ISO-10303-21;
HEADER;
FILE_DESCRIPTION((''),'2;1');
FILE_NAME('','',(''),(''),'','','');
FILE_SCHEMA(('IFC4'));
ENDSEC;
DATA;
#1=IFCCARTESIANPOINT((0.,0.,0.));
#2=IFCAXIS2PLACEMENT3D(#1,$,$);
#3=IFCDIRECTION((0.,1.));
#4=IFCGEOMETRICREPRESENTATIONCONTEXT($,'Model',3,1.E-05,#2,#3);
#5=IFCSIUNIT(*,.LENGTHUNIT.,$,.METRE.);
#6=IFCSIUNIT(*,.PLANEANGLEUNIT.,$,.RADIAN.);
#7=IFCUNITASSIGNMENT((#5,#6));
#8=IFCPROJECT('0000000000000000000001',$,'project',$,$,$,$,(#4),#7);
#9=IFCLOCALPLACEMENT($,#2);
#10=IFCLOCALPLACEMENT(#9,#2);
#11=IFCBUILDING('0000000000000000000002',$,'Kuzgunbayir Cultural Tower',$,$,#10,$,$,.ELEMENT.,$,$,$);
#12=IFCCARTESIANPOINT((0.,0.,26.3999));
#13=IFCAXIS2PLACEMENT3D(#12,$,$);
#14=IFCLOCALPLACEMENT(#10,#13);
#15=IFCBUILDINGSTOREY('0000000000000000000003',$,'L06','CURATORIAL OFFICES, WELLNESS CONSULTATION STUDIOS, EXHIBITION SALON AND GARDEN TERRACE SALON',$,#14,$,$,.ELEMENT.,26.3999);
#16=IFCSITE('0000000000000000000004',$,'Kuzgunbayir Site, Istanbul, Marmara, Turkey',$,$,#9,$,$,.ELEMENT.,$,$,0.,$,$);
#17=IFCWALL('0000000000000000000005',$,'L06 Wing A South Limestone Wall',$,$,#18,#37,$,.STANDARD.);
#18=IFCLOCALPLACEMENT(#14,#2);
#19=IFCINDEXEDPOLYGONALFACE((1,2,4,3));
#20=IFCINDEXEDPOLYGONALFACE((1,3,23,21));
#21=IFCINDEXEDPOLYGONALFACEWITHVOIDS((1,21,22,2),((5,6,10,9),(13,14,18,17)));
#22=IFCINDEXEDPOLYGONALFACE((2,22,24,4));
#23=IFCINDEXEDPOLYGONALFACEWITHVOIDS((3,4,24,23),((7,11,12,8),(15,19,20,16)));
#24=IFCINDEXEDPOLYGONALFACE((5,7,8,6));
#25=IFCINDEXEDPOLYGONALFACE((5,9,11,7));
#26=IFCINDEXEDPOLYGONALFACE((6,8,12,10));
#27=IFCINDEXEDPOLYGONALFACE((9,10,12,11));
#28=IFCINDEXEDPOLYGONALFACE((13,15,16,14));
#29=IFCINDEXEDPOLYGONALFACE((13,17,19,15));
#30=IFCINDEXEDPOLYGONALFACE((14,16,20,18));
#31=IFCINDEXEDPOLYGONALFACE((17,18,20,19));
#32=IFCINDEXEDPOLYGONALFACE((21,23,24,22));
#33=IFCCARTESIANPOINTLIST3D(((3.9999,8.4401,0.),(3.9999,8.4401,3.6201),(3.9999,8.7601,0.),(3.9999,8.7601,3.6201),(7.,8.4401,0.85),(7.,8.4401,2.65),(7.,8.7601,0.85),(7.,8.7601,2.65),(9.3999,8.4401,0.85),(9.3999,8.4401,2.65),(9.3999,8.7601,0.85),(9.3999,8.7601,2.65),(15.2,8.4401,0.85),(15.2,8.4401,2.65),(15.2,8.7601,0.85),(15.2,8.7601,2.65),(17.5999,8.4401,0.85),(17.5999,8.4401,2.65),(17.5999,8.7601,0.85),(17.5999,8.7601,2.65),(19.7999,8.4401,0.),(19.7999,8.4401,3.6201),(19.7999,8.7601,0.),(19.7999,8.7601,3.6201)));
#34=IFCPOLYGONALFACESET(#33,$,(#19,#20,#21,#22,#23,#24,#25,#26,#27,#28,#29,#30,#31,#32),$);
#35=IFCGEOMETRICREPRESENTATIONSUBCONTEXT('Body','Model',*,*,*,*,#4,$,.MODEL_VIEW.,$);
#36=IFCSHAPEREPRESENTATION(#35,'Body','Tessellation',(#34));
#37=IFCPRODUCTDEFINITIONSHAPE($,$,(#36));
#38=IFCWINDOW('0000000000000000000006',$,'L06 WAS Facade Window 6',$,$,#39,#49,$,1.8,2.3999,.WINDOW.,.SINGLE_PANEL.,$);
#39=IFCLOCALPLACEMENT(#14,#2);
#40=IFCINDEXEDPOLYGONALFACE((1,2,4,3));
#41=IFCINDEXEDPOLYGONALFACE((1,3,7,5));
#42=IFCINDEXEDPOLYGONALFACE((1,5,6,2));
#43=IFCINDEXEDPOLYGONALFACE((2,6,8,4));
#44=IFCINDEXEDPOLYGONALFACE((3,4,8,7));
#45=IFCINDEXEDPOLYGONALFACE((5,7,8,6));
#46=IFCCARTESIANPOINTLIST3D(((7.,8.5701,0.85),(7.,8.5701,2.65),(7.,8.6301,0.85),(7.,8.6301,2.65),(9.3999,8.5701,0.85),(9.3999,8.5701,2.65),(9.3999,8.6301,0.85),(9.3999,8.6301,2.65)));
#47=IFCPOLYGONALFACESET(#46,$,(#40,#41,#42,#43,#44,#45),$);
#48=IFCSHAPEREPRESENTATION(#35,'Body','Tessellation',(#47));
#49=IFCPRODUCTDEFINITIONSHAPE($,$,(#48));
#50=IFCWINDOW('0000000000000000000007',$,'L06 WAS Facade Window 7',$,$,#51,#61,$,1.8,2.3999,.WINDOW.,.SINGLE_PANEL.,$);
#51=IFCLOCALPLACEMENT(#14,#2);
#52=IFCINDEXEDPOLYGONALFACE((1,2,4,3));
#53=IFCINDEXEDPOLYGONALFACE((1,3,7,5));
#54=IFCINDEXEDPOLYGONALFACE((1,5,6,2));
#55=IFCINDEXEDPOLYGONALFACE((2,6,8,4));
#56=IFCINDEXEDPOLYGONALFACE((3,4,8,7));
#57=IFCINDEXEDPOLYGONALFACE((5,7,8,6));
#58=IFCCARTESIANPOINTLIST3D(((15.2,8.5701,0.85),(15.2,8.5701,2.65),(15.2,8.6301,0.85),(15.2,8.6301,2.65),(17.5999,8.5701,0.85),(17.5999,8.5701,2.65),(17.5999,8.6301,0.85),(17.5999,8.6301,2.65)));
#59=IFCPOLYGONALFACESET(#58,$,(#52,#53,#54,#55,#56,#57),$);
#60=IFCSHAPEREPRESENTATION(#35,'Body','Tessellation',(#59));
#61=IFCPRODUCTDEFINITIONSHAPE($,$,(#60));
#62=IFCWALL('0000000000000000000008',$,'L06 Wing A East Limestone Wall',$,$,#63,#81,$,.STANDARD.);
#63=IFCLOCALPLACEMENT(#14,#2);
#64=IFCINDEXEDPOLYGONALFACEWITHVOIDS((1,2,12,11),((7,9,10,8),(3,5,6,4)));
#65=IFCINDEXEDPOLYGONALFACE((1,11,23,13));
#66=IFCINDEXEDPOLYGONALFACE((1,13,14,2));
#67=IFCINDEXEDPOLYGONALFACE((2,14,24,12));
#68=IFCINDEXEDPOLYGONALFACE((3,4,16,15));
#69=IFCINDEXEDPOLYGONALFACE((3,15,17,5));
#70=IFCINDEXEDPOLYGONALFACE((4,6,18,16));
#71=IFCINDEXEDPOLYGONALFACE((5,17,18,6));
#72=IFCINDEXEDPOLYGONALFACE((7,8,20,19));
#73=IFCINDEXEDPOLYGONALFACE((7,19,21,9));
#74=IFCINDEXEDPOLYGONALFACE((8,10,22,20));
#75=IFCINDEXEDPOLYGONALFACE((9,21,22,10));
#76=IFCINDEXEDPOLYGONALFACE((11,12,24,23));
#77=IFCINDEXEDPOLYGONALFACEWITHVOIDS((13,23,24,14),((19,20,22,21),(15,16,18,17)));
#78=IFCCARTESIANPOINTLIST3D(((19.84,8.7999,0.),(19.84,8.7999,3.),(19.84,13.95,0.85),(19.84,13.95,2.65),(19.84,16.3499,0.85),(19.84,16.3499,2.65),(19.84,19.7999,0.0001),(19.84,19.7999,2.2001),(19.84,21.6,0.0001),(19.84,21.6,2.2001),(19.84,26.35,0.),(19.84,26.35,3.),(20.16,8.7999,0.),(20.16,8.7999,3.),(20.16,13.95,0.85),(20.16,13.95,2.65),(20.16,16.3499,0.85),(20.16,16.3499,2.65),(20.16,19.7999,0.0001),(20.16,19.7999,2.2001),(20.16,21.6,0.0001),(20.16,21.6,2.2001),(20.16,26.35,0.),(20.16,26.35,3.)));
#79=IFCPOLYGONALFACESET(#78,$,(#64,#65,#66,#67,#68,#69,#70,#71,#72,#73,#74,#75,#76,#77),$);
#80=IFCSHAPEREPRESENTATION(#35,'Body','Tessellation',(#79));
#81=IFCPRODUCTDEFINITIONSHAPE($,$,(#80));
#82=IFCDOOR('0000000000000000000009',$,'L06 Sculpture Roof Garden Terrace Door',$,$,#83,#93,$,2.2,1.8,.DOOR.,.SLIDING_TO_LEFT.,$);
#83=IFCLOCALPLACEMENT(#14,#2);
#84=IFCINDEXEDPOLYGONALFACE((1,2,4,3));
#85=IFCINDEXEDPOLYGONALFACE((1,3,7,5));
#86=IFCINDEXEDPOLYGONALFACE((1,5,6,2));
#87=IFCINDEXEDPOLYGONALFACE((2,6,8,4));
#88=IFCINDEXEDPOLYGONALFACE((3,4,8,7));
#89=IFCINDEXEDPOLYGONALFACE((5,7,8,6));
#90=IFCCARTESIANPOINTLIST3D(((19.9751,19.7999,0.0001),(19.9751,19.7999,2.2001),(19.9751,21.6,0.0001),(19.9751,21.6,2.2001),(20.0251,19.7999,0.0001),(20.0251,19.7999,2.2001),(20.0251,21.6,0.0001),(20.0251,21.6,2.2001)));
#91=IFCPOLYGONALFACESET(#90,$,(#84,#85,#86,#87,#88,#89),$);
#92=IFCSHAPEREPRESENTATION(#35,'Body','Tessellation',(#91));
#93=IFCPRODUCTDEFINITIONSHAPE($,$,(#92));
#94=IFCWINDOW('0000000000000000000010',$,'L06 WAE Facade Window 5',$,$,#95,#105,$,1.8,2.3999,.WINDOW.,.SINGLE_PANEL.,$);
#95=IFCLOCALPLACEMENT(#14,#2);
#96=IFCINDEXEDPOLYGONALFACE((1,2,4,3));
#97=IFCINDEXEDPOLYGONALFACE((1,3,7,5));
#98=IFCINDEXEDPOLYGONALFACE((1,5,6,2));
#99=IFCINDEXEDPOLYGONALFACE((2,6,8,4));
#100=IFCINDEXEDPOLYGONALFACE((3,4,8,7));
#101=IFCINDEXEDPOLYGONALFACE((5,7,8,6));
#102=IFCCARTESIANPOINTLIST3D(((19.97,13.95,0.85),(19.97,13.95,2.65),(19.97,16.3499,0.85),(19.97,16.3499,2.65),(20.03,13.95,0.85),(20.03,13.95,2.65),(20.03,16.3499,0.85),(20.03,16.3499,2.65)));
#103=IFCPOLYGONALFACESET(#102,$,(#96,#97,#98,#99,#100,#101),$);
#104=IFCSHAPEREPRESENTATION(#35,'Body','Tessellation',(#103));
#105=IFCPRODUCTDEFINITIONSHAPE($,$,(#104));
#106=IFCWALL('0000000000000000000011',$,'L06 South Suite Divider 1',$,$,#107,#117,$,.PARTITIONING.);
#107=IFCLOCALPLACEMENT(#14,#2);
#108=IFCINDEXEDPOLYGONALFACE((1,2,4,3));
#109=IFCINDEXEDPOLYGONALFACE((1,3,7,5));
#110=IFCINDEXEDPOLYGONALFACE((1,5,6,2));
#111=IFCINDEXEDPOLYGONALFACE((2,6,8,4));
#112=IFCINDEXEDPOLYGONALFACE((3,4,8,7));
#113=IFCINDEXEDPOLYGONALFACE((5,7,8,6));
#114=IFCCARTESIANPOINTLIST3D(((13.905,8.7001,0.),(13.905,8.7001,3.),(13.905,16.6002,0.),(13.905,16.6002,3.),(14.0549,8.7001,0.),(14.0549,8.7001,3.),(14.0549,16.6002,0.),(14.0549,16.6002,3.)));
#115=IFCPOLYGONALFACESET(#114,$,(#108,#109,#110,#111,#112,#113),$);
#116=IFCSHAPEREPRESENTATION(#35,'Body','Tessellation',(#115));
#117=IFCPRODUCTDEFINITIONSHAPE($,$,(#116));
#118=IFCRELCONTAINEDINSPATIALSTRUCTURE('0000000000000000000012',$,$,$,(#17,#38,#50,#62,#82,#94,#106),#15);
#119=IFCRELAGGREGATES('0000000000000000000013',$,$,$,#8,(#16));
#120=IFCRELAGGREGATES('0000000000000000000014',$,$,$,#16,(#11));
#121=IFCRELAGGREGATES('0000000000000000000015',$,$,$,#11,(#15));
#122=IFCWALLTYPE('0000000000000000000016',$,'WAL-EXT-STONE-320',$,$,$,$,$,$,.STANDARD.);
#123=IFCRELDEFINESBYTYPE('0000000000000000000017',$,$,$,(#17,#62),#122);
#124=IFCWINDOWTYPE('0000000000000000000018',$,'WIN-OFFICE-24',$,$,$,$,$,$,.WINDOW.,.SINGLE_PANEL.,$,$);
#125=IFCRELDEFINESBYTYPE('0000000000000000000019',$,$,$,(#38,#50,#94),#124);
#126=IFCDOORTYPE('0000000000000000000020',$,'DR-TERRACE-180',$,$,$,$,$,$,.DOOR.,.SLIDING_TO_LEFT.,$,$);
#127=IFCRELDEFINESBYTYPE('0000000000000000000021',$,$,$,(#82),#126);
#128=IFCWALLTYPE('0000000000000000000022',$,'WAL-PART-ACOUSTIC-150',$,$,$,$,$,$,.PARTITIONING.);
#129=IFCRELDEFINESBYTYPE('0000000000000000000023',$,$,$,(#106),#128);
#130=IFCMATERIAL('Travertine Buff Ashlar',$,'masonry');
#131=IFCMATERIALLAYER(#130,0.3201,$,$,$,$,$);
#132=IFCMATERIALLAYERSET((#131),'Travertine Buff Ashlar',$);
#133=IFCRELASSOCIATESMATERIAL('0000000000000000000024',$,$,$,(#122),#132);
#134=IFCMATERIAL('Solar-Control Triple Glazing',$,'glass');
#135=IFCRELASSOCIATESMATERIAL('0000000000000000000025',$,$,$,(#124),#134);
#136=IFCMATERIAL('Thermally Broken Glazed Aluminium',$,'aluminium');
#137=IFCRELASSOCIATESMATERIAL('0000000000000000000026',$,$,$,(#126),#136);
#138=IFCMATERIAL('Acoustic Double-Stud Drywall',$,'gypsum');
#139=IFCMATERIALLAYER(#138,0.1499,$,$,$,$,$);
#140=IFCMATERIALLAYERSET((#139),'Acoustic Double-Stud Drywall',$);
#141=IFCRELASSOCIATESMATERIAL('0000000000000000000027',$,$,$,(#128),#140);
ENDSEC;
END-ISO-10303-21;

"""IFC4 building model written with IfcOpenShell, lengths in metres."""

from ifc_helpers import new_model, si_unit, direction, frame, frame_2d, origin, place, context, subcontext, project, spatial, rectangle, extrude, material, layer, layer_set, type_object, element, fill, save


model = new_model("IFC4")

# Units and contexts
model_context = context("Model", 3, precision=1e-05, world=origin(), true_north=direction((0.0, 1.0)))
body_context = subcontext(model_context, "Body", "Model", "MODEL_VIEW")
ifc_project = project(units=[si_unit("LENGTHUNIT", "METRE"), si_unit("PLANEANGLEUNIT", "RADIAN")], contexts=[model_context])

# Site, building, storey
site_placement = place(None, origin())
site = spatial("IfcSite", under=ifc_project, at=site_placement, Name="Kuzgunbayir Site, Istanbul, Marmara, Turkey", CompositionType="ELEMENT", RefElevation=0.0)
building_placement = place(site_placement, origin())
building = spatial("IfcBuilding", under=site, at=building_placement, Name="Kuzgunbayir Cultural Tower", CompositionType="ELEMENT")
storey_placement = place(building_placement, frame((0.0, 0.0, 26.3999)))
storey = spatial("IfcBuildingStorey", under=building, at=storey_placement, Name="L06", Description="CURATORIAL OFFICES, WELLNESS CONSULTATION STUDIOS, EXHIBITION SALON AND GARDEN TERRACE SALON", CompositionType="ELEMENT", Elevation=26.3999)

# Wall, openings, windows
ifc_material_1 = material(Name="Travertine Buff Ashlar", Category="masonry")
ifc_layer_1 = layer(ifc_material_1, 0.3201)
ifc_layer_set_1 = layer_set([ifc_layer_1], Name="Travertine Buff Ashlar")
wall_type_1 = type_object("IfcWallType", Name="WAL-EXT-STONE-320", PredefinedType="STANDARD", material=ifc_layer_set_1)
wall_1_placement = place(storey_placement, frame((4.0, 8.6001, 0.0), z_axis=(0.0, 0.0, 1.0), x_axis=(1.0, 0.0, 0.0)))
wall_1 = element("IfcWall", 1, at=wall_1_placement, inside=storey, type_object=wall_type_1, Name="L06 Wing A South Limestone Wall", PredefinedType="STANDARD", context=body_context, shape_type="SweptSolid", body=[
    extrude(rectangle(XDim=15.8, YDim=0.3201, at=frame_2d((7.8999, 0.0))), origin(), (0.0, 0.0, 1.0), 3.6201),
])
opening_1_placement = place(wall_1_placement, frame((3.0, 0.0, 0.8501)))
opening_1 = element("IfcOpeningElement", 2, at=opening_1_placement, cuts=wall_1, PredefinedType="OPENING", context=body_context, shape_type="SweptSolid", body=[
    extrude(rectangle(XDim=2.3999, YDim=1.8, at=frame_2d((1.2, 0.8999))), frame((0.0, 0.1699, 0.0), z_axis=(0.0, -1.0, 0.0), x_axis=(1.0, 0.0, 0.0)), (0.0, 0.0, 1.0), 0.3401),
])
opening_2_placement = place(wall_1_placement, frame((11.2, 0.0, 0.8501)))
opening_2 = element("IfcOpeningElement", 3, at=opening_2_placement, cuts=wall_1, PredefinedType="OPENING", context=body_context, shape_type="SweptSolid", body=[
    extrude(rectangle(XDim=2.3999, YDim=1.8, at=frame_2d((1.2, 0.8999))), frame((0.0, 0.1699, 0.0), z_axis=(0.0, -1.0, 0.0), x_axis=(1.0, 0.0, 0.0)), (0.0, 0.0, 1.0), 0.3401),
])
ifc_material_2 = material(Name="Solar-Control Triple Glazing", Category="glass")
window_type = type_object("IfcWindowType", Name="WIN-OFFICE-24", PartitioningType="SINGLE_PANEL", PredefinedType="WINDOW", material=ifc_material_2)
window_1_placement = place(opening_1_placement, origin())
window_1 = element("IfcWindow", 4, at=window_1_placement, inside=storey, type_object=window_type, Name="L06 WAS Facade Window 6", OverallHeight=1.8, OverallWidth=2.3999, PartitioningType="SINGLE_PANEL", PredefinedType="WINDOW", context=body_context, shape_type="SweptSolid", body=[
    extrude(rectangle(XDim=2.3999, YDim=1.8, at=frame_2d((1.2, 0.8999))), frame((0.0, 0.03, 0.0), z_axis=(0.0, -1.0, 0.0), x_axis=(1.0, 0.0, 0.0)), (0.0, 0.0, 1.0), 0.0601),
])
fill(opening_1, window_1)
window_2_placement = place(opening_2_placement, origin())
window_2 = element("IfcWindow", 5, at=window_2_placement, inside=storey, type_object=window_type, Name="L06 WAS Facade Window 7", OverallHeight=1.8, OverallWidth=2.3999, PartitioningType="SINGLE_PANEL", PredefinedType="WINDOW", context=body_context, shape_type="SweptSolid", body=[
    extrude(rectangle(XDim=2.3999, YDim=1.8, at=frame_2d((1.2, 0.8999))), frame((0.0, 0.03, 0.0), z_axis=(0.0, -1.0, 0.0), x_axis=(1.0, 0.0, 0.0)), (0.0, 0.0, 1.0), 0.0601),
])
fill(opening_2, window_2)

# Wall, openings, door, window
wall_2_placement = place(storey_placement, frame((20.0, 8.8, 0.0), z_axis=(0.0, 0.0, 1.0), x_axis=(0.0, 1.0, 0.0)))
wall_2 = element("IfcWall", 6, at=wall_2_placement, inside=storey, type_object=wall_type_1, Name="L06 Wing A East Limestone Wall", PredefinedType="STANDARD", context=body_context, shape_type="SweptSolid", body=[
    extrude(rectangle(XDim=17.55, YDim=0.3201, at=frame_2d((8.7749, 0.0))), origin(), (0.0, 0.0, 1.0), 3.0),
])
opening_3_placement = place(wall_2_placement, frame((5.1499, 0.0, 0.8501)))
opening_3 = element("IfcOpeningElement", 7, at=opening_3_placement, cuts=wall_2, PredefinedType="OPENING", context=body_context, shape_type="SweptSolid", body=[
    extrude(rectangle(XDim=2.3999, YDim=1.8, at=frame_2d((1.2, 0.8999))), frame((0.0, 0.1699, 0.0), z_axis=(0.0, -1.0, 0.0), x_axis=(1.0, 0.0, 0.0)), (0.0, 0.0, 1.0), 0.3401),
])
opening_4_placement = place(wall_2_placement, frame((11.0, 0.0, 0.0)))
opening_4 = element("IfcOpeningElement", 8, at=opening_4_placement, cuts=wall_2, PredefinedType="OPENING", context=body_context, shape_type="SweptSolid", body=[
    extrude(rectangle(XDim=1.8, YDim=2.2, at=frame_2d((0.8999, 1.1001))), frame((0.0, 0.1699, 0.0), z_axis=(0.0, -1.0, 0.0), x_axis=(1.0, 0.0, 0.0)), (0.0, 0.0, 1.0), 0.3401),
])
ifc_material_3 = material(Name="Thermally Broken Glazed Aluminium", Category="aluminium")
door_type_1 = type_object("IfcDoorType", Name="DR-TERRACE-180", OperationType="SLIDING_TO_LEFT", PredefinedType="DOOR", material=ifc_material_3)
door_1_placement = place(opening_4_placement, origin())
door_1 = element("IfcDoor", 9, at=door_1_placement, inside=storey, type_object=door_type_1, Name="L06 Sculpture Roof Garden Terrace Door", OperationType="SLIDING_TO_LEFT", OverallHeight=2.2, OverallWidth=1.8, PredefinedType="DOOR", context=body_context, shape_type="SweptSolid", body=[
    extrude(rectangle(XDim=1.8, YDim=2.2, at=frame_2d((0.8999, 1.1001))), frame((0.0, 0.0249, 0.0), z_axis=(0.0, -1.0, 0.0), x_axis=(1.0, 0.0, 0.0)), (0.0, 0.0, 1.0), 0.05),
])
fill(opening_4, door_1)
window_3_placement = place(opening_3_placement, origin())
window_3 = element("IfcWindow", 10, at=window_3_placement, inside=storey, type_object=window_type, Name="L06 WAE Facade Window 5", OverallHeight=1.8, OverallWidth=2.3999, PartitioningType="SINGLE_PANEL", PredefinedType="WINDOW", context=body_context, shape_type="SweptSolid", body=[
    extrude(rectangle(XDim=2.3999, YDim=1.8, at=frame_2d((1.2, 0.8999))), frame((0.0, 0.03, 0.0), z_axis=(0.0, -1.0, 0.0), x_axis=(1.0, 0.0, 0.0)), (0.0, 0.0, 1.0), 0.0601),
])
fill(opening_3, window_3)

# Wall
ifc_material_4 = material(Name="Acoustic Double-Stud Drywall", Category="gypsum")
ifc_layer_2 = layer(ifc_material_4, 0.1499)
ifc_layer_set_2 = layer_set([ifc_layer_2], Name="Acoustic Double-Stud Drywall")
wall_type_2 = type_object("IfcWallType", Name="WAL-PART-ACOUSTIC-150", PredefinedType="PARTITIONING", material=ifc_layer_set_2)
wall_3_placement = place(storey_placement, frame((13.98, 8.7, 0.0), z_axis=(0.0, 0.0, 1.0), x_axis=(0.0, 1.0, 0.0)))
element("IfcWall", 11, at=wall_3_placement, inside=storey, type_object=wall_type_2, Name="L06 South Suite Divider 1", PredefinedType="PARTITIONING", context=body_context, shape_type="SweptSolid", body=[
    extrude(rectangle(XDim=7.9001, YDim=0.1499, at=frame_2d((3.9502, 0.0))), origin(), (0.0, 0.0, 1.0), 3.0),
])

save(model, "model.ifc")
